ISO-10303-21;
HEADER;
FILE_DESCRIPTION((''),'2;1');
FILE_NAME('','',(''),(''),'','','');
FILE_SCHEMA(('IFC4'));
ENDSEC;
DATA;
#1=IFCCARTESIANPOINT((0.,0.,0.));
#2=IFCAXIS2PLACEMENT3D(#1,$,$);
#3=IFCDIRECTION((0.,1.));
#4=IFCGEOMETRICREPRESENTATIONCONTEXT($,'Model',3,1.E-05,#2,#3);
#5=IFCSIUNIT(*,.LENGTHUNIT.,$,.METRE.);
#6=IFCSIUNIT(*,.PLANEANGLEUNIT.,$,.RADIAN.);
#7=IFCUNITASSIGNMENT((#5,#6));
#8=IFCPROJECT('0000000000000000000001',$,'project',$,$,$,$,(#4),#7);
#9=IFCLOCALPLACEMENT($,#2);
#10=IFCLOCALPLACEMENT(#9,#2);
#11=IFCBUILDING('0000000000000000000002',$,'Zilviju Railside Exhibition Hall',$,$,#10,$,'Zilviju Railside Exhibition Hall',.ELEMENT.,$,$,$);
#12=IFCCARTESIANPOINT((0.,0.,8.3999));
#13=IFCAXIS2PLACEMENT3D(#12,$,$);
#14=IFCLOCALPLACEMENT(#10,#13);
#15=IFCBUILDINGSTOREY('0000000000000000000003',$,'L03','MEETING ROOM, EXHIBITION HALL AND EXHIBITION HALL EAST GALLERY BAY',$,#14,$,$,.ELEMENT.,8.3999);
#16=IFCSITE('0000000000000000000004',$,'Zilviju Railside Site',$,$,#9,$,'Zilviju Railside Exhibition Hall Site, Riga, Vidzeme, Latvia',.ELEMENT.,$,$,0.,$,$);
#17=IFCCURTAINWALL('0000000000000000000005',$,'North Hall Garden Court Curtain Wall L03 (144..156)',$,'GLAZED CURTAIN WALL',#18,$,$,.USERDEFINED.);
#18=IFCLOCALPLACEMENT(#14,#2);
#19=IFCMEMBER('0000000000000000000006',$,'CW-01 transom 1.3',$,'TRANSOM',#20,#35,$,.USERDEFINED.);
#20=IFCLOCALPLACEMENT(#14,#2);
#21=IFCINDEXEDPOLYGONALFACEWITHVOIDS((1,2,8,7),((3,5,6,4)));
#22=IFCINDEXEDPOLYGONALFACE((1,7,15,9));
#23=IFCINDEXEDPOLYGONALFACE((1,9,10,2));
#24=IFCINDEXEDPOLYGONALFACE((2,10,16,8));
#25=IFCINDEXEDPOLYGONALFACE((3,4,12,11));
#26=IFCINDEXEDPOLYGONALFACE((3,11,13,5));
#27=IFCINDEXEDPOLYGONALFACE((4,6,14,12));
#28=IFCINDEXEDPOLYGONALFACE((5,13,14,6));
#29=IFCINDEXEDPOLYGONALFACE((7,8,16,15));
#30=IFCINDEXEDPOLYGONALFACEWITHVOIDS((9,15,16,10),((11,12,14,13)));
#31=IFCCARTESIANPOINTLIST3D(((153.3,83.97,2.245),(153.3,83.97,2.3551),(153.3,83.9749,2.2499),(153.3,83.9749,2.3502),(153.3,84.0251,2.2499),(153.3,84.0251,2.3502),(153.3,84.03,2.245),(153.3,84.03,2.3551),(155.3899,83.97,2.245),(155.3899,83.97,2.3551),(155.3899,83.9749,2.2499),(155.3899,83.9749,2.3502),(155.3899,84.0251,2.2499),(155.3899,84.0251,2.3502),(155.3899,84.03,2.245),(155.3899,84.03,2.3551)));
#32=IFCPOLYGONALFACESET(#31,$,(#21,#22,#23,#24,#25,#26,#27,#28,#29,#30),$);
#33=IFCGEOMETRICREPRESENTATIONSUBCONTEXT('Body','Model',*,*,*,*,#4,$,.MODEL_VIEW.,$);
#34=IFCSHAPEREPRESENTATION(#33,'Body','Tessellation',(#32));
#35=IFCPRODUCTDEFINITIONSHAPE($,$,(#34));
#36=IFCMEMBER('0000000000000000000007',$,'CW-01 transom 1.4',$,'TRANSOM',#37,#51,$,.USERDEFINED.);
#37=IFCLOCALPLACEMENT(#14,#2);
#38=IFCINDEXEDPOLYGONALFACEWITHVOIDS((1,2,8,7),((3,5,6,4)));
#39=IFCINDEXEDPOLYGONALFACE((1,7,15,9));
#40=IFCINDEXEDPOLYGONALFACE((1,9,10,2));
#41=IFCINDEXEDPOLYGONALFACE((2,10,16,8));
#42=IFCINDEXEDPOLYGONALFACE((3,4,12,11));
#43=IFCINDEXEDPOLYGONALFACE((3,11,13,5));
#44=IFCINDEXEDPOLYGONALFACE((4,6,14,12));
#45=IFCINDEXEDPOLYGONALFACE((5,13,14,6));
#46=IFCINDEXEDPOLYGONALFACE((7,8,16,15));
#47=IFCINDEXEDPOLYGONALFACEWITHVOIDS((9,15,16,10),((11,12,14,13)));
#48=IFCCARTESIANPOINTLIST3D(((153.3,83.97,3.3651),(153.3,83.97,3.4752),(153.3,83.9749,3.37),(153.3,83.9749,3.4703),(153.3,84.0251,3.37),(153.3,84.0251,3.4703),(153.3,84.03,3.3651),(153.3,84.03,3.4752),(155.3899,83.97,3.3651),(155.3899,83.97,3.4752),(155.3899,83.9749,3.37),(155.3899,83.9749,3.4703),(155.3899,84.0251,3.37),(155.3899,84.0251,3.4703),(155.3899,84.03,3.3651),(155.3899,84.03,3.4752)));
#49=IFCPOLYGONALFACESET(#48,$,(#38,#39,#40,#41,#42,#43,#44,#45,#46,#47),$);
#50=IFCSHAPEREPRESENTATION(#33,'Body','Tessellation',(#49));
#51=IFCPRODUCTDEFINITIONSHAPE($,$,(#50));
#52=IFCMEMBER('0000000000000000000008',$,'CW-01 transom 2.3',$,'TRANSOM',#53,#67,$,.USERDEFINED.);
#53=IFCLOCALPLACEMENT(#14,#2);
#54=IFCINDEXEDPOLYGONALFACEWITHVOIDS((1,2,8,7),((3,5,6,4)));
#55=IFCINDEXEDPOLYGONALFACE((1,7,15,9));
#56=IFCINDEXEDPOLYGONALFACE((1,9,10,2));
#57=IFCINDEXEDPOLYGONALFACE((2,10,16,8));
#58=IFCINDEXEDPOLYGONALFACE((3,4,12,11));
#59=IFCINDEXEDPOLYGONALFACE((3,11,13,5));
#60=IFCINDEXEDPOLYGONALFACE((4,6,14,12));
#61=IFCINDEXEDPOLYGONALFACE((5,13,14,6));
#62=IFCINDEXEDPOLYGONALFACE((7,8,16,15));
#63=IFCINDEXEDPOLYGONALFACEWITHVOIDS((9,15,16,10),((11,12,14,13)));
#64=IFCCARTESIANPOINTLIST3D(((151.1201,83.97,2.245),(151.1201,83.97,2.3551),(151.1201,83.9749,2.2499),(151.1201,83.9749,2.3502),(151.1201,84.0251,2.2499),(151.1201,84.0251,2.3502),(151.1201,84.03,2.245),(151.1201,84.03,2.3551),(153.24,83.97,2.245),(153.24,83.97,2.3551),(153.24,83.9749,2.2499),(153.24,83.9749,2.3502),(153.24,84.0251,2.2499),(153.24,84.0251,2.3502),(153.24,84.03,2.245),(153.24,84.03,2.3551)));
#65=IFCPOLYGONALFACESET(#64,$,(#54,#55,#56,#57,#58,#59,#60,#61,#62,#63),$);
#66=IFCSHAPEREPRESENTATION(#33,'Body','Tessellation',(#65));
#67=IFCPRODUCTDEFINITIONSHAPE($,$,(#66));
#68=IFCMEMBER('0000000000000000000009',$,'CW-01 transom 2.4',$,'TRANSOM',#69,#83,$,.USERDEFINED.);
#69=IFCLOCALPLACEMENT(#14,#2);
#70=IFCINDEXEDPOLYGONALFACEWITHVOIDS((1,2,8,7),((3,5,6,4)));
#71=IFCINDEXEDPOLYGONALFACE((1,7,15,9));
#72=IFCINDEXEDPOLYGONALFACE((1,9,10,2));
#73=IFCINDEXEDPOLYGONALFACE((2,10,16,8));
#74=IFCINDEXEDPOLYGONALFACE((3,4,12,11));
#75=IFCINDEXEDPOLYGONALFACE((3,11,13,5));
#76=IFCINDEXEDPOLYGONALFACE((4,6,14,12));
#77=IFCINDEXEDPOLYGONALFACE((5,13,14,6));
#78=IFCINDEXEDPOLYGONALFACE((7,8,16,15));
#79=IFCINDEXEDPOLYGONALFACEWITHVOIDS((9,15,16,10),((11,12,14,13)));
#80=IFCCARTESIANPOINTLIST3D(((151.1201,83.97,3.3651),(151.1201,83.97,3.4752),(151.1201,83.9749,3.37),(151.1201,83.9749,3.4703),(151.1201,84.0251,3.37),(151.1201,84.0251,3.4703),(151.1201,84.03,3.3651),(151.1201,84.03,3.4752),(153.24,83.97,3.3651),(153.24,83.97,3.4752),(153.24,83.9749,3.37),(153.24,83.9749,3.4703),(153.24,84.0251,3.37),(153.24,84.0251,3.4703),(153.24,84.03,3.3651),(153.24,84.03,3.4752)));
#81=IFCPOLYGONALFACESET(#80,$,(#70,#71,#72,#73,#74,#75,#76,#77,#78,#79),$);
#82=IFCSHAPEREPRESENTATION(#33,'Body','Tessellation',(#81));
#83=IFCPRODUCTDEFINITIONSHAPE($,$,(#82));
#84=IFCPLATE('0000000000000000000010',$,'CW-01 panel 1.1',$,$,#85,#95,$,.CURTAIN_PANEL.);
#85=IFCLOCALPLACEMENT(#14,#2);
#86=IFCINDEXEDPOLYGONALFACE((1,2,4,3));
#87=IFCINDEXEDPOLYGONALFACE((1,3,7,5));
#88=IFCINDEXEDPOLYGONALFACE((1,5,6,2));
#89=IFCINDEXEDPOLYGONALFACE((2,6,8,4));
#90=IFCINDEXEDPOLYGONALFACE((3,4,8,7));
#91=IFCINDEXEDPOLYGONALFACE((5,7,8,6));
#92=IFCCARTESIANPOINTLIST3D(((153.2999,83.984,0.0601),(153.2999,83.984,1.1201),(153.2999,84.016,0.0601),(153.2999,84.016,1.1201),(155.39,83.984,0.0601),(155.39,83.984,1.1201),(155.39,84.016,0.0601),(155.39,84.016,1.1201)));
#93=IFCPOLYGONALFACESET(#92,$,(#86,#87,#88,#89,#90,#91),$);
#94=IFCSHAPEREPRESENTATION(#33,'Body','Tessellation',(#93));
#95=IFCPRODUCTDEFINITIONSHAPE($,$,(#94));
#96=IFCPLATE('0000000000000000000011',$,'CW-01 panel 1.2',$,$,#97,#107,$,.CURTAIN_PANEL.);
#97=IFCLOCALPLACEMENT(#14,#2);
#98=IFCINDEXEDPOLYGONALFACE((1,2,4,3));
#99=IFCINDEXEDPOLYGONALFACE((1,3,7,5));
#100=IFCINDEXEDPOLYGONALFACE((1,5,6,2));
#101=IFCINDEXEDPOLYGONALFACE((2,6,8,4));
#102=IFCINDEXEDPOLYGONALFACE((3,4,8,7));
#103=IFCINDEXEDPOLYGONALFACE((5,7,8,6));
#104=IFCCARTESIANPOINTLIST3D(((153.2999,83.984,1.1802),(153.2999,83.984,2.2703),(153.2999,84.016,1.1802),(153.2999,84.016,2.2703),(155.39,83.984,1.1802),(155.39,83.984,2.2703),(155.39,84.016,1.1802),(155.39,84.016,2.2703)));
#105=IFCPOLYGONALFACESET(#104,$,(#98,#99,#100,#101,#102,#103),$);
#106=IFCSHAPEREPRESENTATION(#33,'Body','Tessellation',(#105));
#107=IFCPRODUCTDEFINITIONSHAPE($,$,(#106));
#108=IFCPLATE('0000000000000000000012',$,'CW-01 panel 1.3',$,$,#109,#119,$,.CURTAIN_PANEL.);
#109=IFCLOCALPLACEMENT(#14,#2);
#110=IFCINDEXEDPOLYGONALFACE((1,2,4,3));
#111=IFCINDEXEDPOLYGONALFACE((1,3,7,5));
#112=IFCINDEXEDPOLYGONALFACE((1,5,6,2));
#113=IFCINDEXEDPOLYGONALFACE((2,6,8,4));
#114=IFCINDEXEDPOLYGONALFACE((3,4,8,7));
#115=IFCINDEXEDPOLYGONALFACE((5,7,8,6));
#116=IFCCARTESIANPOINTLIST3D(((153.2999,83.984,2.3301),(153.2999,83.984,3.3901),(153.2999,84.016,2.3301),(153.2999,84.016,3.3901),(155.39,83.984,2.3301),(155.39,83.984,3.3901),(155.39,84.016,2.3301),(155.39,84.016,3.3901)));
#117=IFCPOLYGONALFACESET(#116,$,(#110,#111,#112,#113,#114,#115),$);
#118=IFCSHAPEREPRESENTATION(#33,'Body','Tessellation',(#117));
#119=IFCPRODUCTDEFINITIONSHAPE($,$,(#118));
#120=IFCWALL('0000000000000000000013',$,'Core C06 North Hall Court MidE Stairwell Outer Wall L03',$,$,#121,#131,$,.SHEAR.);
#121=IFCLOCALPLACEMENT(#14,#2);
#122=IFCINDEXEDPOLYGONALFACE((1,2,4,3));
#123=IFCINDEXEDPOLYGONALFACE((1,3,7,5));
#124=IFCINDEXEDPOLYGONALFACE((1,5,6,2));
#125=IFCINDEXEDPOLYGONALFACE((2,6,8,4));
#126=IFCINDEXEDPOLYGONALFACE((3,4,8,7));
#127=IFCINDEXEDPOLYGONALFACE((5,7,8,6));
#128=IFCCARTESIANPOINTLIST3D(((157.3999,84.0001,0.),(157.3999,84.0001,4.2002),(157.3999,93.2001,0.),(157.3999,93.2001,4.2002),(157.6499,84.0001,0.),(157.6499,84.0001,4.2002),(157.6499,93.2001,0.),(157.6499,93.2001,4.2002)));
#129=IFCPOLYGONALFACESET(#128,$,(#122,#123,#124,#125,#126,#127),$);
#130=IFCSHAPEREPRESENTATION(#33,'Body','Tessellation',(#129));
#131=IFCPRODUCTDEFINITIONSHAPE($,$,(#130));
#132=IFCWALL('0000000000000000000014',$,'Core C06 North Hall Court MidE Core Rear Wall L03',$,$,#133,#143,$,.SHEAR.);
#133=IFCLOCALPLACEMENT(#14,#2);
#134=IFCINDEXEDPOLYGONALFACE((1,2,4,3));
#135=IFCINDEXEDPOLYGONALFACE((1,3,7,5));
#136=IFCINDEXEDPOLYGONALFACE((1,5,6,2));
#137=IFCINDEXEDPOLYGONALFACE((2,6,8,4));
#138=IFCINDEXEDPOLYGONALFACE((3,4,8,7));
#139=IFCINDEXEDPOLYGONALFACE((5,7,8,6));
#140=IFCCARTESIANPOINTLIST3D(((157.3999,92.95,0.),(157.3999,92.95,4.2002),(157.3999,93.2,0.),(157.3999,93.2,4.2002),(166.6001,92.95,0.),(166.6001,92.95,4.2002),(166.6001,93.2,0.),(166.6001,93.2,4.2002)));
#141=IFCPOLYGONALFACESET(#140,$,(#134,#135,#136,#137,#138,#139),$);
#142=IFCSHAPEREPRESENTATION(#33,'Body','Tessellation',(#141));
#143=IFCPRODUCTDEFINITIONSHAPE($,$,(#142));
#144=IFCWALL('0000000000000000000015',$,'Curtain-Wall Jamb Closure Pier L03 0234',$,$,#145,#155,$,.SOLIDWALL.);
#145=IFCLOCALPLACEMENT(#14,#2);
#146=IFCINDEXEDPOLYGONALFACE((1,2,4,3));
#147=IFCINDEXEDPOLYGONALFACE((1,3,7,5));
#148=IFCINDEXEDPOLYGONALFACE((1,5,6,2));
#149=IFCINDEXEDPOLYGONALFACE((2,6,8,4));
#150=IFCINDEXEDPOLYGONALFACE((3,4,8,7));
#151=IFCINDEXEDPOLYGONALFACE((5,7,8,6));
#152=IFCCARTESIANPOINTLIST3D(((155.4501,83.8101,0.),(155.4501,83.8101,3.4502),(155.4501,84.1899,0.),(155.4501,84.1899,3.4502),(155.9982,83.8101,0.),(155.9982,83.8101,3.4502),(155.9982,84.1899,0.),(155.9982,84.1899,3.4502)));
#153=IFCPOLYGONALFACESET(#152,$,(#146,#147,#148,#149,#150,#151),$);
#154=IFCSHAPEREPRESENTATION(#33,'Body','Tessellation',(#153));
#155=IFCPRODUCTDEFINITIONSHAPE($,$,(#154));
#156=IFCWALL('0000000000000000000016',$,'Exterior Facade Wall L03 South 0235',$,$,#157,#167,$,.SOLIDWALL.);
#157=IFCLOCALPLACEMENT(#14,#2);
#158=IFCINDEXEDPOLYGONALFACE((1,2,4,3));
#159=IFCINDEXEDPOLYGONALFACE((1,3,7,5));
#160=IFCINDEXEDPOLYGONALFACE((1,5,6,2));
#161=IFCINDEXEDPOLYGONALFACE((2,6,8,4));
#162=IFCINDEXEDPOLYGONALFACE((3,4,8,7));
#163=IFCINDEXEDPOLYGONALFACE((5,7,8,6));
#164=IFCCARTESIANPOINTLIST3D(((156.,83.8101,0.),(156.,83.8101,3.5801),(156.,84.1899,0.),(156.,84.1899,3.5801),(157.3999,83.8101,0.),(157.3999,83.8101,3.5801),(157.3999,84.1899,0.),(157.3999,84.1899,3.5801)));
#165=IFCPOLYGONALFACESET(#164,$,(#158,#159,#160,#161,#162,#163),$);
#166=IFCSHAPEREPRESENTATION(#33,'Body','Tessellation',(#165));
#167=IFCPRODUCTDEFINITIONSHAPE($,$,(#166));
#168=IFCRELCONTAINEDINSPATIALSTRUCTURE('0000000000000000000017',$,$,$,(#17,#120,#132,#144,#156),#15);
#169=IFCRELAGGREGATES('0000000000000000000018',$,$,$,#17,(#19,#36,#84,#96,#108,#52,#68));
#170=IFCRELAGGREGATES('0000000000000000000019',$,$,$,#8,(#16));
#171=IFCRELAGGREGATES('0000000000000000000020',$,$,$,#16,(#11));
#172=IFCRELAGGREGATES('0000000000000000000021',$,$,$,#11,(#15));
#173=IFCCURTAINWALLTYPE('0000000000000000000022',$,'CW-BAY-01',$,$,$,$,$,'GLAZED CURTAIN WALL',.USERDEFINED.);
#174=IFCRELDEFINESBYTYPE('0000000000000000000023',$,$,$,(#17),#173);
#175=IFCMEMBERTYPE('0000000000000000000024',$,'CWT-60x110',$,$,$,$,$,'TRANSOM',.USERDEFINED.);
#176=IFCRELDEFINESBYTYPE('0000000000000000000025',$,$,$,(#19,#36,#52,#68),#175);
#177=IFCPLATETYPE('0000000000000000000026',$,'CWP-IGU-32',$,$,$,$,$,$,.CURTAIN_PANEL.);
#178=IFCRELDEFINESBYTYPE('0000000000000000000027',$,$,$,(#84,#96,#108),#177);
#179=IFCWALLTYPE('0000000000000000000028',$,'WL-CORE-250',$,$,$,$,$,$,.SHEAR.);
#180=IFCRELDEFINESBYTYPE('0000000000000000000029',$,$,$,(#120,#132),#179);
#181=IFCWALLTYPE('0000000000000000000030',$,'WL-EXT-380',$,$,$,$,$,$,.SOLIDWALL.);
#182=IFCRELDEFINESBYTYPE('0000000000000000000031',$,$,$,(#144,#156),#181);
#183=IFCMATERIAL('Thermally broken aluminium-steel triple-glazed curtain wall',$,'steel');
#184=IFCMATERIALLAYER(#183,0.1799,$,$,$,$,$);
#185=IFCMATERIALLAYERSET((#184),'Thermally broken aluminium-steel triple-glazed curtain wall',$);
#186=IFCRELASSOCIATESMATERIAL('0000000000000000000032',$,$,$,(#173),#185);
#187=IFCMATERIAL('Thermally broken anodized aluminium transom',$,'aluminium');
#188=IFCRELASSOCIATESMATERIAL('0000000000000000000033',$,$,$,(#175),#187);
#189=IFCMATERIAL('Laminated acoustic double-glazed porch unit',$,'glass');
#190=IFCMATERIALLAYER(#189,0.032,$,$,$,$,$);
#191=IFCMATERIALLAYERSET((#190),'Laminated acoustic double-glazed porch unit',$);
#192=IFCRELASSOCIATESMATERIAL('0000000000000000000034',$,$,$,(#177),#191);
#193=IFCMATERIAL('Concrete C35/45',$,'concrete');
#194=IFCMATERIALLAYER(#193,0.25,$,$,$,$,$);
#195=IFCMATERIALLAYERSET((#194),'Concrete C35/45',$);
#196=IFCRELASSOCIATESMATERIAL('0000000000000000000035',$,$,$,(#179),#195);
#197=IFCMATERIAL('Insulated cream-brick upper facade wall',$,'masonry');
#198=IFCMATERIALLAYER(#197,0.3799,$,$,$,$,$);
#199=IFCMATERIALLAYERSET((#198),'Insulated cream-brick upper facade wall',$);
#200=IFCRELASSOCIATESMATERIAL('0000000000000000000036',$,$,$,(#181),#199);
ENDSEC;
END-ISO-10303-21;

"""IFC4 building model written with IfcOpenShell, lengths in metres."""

from ifc_helpers import new_model, si_unit, direction, frame, frame_2d, origin, origin_2d, place, context, subcontext, project, spatial, rectangle, hollow_rectangle, extrude, material, layer, layer_set, material_profile, profile_set, type_object, element, aggregate, save


model = new_model("IFC4")

# Units and contexts
model_context = context("Model", 3, precision=1e-05, world=origin(), true_north=direction((0.0, 1.0)))
body_context = subcontext(model_context, "Body", "Model", "MODEL_VIEW")
ifc_project = project(units=[si_unit("LENGTHUNIT", "METRE"), si_unit("PLANEANGLEUNIT", "RADIAN")], contexts=[model_context])

# Site, building, storey
site_placement = place(None, origin())
site = spatial("IfcSite", under=ifc_project, at=site_placement, Name="Zilviju Railside Site", LongName="Zilviju Railside Exhibition Hall Site, Riga, Vidzeme, Latvia", CompositionType="ELEMENT", RefElevation=0.0)
building_placement = place(site_placement, origin())
building = spatial("IfcBuilding", under=site, at=building_placement, Name="Zilviju Railside Exhibition Hall", LongName="Zilviju Railside Exhibition Hall", CompositionType="ELEMENT")
storey_placement = place(building_placement, frame((0.0, 0.0, 8.3999)))
storey = spatial("IfcBuildingStorey", under=building, at=storey_placement, Name="L03", Description="MEETING ROOM, EXHIBITION HALL AND EXHIBITION HALL EAST GALLERY BAY", CompositionType="ELEMENT", Elevation=8.3999)

# Curtain wall, members, plates
ifc_material_1 = material(Name="Thermally broken aluminium-steel triple-glazed curtain wall", Category="steel")
ifc_layer_1 = layer(ifc_material_1, 0.1799)
ifc_layer_set_1 = layer_set([ifc_layer_1], Name="Thermally broken aluminium-steel triple-glazed curtain wall")
curtain_wall_type = type_object("IfcCurtainWallType", Name="CW-BAY-01", ElementType="GLAZED CURTAIN WALL", PredefinedType="USERDEFINED", material=ifc_layer_set_1)
curtain_wall_placement = place(storey_placement, origin())
curtain_wall = element("IfcCurtainWall", 1, at=curtain_wall_placement, inside=storey, type_object=curtain_wall_type, Name="North Hall Garden Court Curtain Wall L03 (144..156)", ObjectType="GLAZED CURTAIN WALL", PredefinedType="USERDEFINED")
ifc_material_2 = material(Name="Thermally broken anodized aluminium transom", Category="aluminium")
ifc_material_profile_1 = material_profile(ifc_material_2, hollow_rectangle(XDim=0.0601, YDim=0.1101, WallThickness=0.0049, at=origin_2d()), Name="TRANSOM 110x60x5")
ifc_profile_set_1 = profile_set([ifc_material_profile_1], Name="Thermally broken anodized aluminium transom")
member_type_1 = type_object("IfcMemberType", Name="CWT-60x110", ElementType="TRANSOM", PredefinedType="USERDEFINED", material=ifc_profile_set_1)
member_1_placement = place(storey_placement, frame((155.3899, 84.0, 2.3), z_axis=(-1.0, 0.0, 0.0), x_axis=(0.0, -1.0, 0.0)))
member_1 = element("IfcMember", 2, at=member_1_placement, type_object=member_type_1, Name="CW-01 transom 1.3", ObjectType="TRANSOM", PredefinedType="USERDEFINED", context=body_context, shape_type="SweptSolid", body=[
    extrude(hollow_rectangle(XDim=0.0601, YDim=0.1101, WallThickness=0.0049, at=origin_2d()), origin(), (0.0, 0.0, 1.0), 2.0898),
])
member_2_placement = place(storey_placement, frame((155.3899, 84.0, 3.4202), z_axis=(-1.0, 0.0, 0.0), x_axis=(0.0, -1.0, 0.0)))
member_2 = element("IfcMember", 3, at=member_2_placement, type_object=member_type_1, Name="CW-01 transom 1.4", ObjectType="TRANSOM", PredefinedType="USERDEFINED", context=body_context, shape_type="SweptSolid", body=[
    extrude(hollow_rectangle(XDim=0.0601, YDim=0.1101, WallThickness=0.0049, at=origin_2d()), origin(), (0.0, 0.0, 1.0), 2.0898),
])
member_3_placement = place(storey_placement, frame((153.24, 84.0, 2.3), z_axis=(-1.0, 0.0, 0.0), x_axis=(0.0, -1.0, 0.0)))
member_3 = element("IfcMember", 4, at=member_3_placement, type_object=member_type_1, Name="CW-01 transom 2.3", ObjectType="TRANSOM", PredefinedType="USERDEFINED", context=body_context, shape_type="SweptSolid", body=[
    extrude(hollow_rectangle(XDim=0.0601, YDim=0.1101, WallThickness=0.0049, at=origin_2d()), origin(), (0.0, 0.0, 1.0), 2.1199),
])
member_4_placement = place(storey_placement, frame((153.24, 84.0, 3.4202), z_axis=(-1.0, 0.0, 0.0), x_axis=(0.0, -1.0, 0.0)))
member_4 = element("IfcMember", 5, at=member_4_placement, type_object=member_type_1, Name="CW-01 transom 2.4", ObjectType="TRANSOM", PredefinedType="USERDEFINED", context=body_context, shape_type="SweptSolid", body=[
    extrude(hollow_rectangle(XDim=0.0601, YDim=0.1101, WallThickness=0.0049, at=origin_2d()), origin(), (0.0, 0.0, 1.0), 2.1199),
])
ifc_material_3 = material(Name="Laminated acoustic double-glazed porch unit", Category="glass")
ifc_layer_2 = layer(ifc_material_3, 0.032)
ifc_layer_set_2 = layer_set([ifc_layer_2], Name="Laminated acoustic double-glazed porch unit")
plate_type = type_object("IfcPlateType", Name="CWP-IGU-32", PredefinedType="CURTAIN_PANEL", material=ifc_layer_set_2)
plate_1_placement = place(storey_placement, frame((154.345, 84.0, 0.0601), z_axis=(0.0, 0.0, 1.0), x_axis=(-1.0, 0.0, 0.0)))
plate_1 = element("IfcPlate", 6, at=plate_1_placement, type_object=plate_type, Name="CW-01 panel 1.1", PredefinedType="CURTAIN_PANEL", context=body_context, shape_type="SweptSolid", body=[
    extrude(rectangle(XDim=2.0901, YDim=0.032, at=origin_2d()), origin(), (0.0, 0.0, 1.0), 1.0601),
])
plate_2_placement = place(storey_placement, frame((154.345, 84.0, 1.1802), z_axis=(0.0, 0.0, 1.0), x_axis=(-1.0, 0.0, 0.0)))
plate_2 = element("IfcPlate", 7, at=plate_2_placement, type_object=plate_type, Name="CW-01 panel 1.2", PredefinedType="CURTAIN_PANEL", context=body_context, shape_type="SweptSolid", body=[
    extrude(rectangle(XDim=2.0901, YDim=0.032, at=origin_2d()), origin(), (0.0, 0.0, 1.0), 1.0901),
])
plate_3_placement = place(storey_placement, frame((154.345, 84.0, 2.3301), z_axis=(0.0, 0.0, 1.0), x_axis=(-1.0, 0.0, 0.0)))
plate_3 = element("IfcPlate", 8, at=plate_3_placement, type_object=plate_type, Name="CW-01 panel 1.3", PredefinedType="CURTAIN_PANEL", context=body_context, shape_type="SweptSolid", body=[
    extrude(rectangle(XDim=2.0901, YDim=0.032, at=origin_2d()), origin(), (0.0, 0.0, 1.0), 1.0601),
])
aggregate(curtain_wall, [member_1, member_2, plate_1, plate_2, plate_3, member_3, member_4])

# Walls
ifc_material_4 = material(Name="Concrete C35/45", Category="concrete")
ifc_layer_3 = layer(ifc_material_4, 0.25)
ifc_layer_set_3 = layer_set([ifc_layer_3], Name="Concrete C35/45")
wall_type_1 = type_object("IfcWallType", Name="WL-CORE-250", PredefinedType="SHEAR", material=ifc_layer_set_3)
wall_1_placement = place(storey_placement, frame((157.5249, 84.0, 0.0), z_axis=(0.0, 0.0, 1.0), x_axis=(0.0, 1.0, 0.0)))
element("IfcWall", 9, at=wall_1_placement, inside=storey, type_object=wall_type_1, Name="Core C06 North Hall Court MidE Stairwell Outer Wall L03", PredefinedType="SHEAR", context=body_context, shape_type="SweptSolid", body=[
    extrude(rectangle(XDim=9.2, YDim=0.25, at=frame_2d((4.6001, 0.0))), origin(), (0.0, 0.0, 1.0), 4.2002),
])
wall_2_placement = place(storey_placement, frame((157.3999, 93.075, 0.0), z_axis=(0.0, 0.0, 1.0), x_axis=(1.0, 0.0, 0.0)))
element("IfcWall", 10, at=wall_2_placement, inside=storey, type_object=wall_type_1, Name="Core C06 North Hall Court MidE Core Rear Wall L03", PredefinedType="SHEAR", context=body_context, shape_type="SweptSolid", body=[
    extrude(rectangle(XDim=9.2002, YDim=0.25, at=frame_2d((4.6001, 0.0))), origin(), (0.0, 0.0, 1.0), 4.2002),
])
ifc_material_5 = material(Name="Insulated cream-brick upper facade wall", Category="masonry")
ifc_layer_4 = layer(ifc_material_5, 0.3799)
ifc_layer_set_4 = layer_set([ifc_layer_4], Name="Insulated cream-brick upper facade wall")
wall_type_2 = type_object("IfcWallType", Name="WL-EXT-380", PredefinedType="SOLIDWALL", material=ifc_layer_set_4)
wall_3_placement = place(storey_placement, frame((155.998, 84.0, 0.0), z_axis=(0.0, 0.0, 1.0), x_axis=(-1.0, 0.0, 0.0)))
element("IfcWall", 11, at=wall_3_placement, inside=storey, type_object=wall_type_2, Name="Curtain-Wall Jamb Closure Pier L03 0234", PredefinedType="SOLIDWALL", context=body_context, shape_type="SweptSolid", body=[
    extrude(rectangle(XDim=0.5481, YDim=0.3799, at=frame_2d((0.2739, 0.0))), origin(), (0.0, 0.0, 1.0), 3.4502),
])
wall_4_placement = place(storey_placement, frame((157.3999, 84.0, 0.0), z_axis=(0.0, 0.0, 1.0), x_axis=(-1.0, 0.0, 0.0)))
element("IfcWall", 12, at=wall_4_placement, inside=storey, type_object=wall_type_2, Name="Exterior Facade Wall L03 South 0235", PredefinedType="SOLIDWALL", context=body_context, shape_type="SweptSolid", body=[
    extrude(rectangle(XDim=1.3999, YDim=0.3799, at=frame_2d((0.7, 0.0))), origin(), (0.0, 0.0, 1.0), 3.5801),
])

save(model, "model.ifc")
